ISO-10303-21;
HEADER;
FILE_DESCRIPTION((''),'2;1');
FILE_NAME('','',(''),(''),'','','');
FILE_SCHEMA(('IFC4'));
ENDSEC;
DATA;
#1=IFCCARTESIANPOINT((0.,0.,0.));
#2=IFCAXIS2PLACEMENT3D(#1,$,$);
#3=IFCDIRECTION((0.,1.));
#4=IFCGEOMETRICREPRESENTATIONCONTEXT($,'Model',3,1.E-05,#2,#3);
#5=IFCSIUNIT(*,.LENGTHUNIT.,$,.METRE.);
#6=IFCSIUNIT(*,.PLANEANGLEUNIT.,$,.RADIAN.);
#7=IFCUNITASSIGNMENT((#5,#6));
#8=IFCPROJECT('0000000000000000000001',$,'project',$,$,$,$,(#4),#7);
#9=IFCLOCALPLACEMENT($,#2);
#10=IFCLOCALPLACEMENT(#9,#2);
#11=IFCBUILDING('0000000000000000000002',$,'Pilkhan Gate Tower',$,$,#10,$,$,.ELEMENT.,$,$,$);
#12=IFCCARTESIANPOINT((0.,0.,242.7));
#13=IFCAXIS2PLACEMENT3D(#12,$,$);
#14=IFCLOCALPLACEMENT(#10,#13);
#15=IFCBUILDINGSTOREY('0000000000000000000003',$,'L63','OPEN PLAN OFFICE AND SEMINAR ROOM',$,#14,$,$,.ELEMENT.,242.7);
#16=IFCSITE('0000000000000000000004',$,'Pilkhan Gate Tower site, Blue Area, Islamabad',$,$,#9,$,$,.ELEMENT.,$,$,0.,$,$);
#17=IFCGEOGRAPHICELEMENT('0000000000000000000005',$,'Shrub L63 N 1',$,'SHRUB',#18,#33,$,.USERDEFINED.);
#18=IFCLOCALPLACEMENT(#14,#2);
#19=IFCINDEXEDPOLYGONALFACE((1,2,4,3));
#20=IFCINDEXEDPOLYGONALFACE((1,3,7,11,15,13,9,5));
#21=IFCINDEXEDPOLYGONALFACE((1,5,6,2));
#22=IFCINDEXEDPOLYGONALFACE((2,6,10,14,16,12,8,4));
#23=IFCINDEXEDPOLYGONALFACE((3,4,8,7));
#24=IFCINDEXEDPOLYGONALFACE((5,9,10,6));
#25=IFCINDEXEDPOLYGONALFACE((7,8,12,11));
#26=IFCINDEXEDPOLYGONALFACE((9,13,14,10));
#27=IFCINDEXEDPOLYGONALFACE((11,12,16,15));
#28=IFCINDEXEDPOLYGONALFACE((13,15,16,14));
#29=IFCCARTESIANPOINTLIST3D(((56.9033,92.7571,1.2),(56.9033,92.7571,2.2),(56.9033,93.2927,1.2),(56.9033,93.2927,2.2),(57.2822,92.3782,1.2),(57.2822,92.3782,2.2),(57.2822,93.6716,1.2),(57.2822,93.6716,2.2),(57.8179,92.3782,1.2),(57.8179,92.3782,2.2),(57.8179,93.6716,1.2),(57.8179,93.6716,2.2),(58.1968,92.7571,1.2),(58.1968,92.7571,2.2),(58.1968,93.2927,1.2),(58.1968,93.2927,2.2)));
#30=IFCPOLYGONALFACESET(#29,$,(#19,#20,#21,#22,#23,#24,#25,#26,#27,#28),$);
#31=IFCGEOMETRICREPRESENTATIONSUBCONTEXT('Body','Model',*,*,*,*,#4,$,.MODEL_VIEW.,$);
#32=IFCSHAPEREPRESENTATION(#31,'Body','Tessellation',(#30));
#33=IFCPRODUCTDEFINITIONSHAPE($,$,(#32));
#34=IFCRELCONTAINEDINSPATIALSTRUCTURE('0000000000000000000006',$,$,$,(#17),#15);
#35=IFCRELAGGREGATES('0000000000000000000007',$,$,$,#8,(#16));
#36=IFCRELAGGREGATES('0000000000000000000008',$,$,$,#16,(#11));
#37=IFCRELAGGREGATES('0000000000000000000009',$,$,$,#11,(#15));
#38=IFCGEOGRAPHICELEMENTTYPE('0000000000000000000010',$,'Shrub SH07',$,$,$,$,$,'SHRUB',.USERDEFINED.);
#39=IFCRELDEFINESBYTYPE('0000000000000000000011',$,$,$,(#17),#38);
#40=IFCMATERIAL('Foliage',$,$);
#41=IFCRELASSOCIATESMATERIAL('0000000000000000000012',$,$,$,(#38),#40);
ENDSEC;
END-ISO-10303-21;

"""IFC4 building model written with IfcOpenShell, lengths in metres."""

from ifc_helpers import new_model, si_unit, direction, frame, origin, place, context, subcontext, project, spatial, polyline, outline, extrude, material, material_profile, profile_set, type_object, element, save


model = new_model("IFC4")

# Units and contexts
model_context = context("Model", 3, precision=1e-05, world=origin(), true_north=direction((0.0, 1.0)))
body_context = subcontext(model_context, "Body", "Model", "MODEL_VIEW")
ifc_project = project(units=[si_unit("LENGTHUNIT", "METRE"), si_unit("PLANEANGLEUNIT", "RADIAN")], contexts=[model_context])

# Site, building, storey
site_placement = place(None, origin())
site = spatial("IfcSite", under=ifc_project, at=site_placement, Name="Pilkhan Gate Tower site, Blue Area, Islamabad", CompositionType="ELEMENT", RefElevation=0.0)
building_placement = place(site_placement, origin())
building = spatial("IfcBuilding", under=site, at=building_placement, Name="Pilkhan Gate Tower", CompositionType="ELEMENT")
storey_placement = place(building_placement, frame((0.0, 0.0, 242.7)))
storey = spatial("IfcBuildingStorey", under=building, at=storey_placement, Name="L63", Description="OPEN PLAN OFFICE AND SEMINAR ROOM", CompositionType="ELEMENT", Elevation=242.7)

# Geographic element
ifc_material_1 = material(Name="Foliage")
ifc_material_profile_1 = material_profile(ifc_material_1, outline(polyline([(0.6467, 0.2678), (0.2678, 0.6467), (-0.2678, 0.6467), (-0.6467, 0.2678), (-0.6467, -0.2678), (-0.2678, -0.6467), (0.2678, -0.6467), (0.6467, -0.2678), (0.6467, 0.2678)])), Name="Shrub D1.4")
ifc_profile_set_1 = profile_set([ifc_material_profile_1], Name="Foliage")
geographic_element_type_1 = type_object("IfcGeographicElementType", Name="Shrub SH07", ElementType="SHRUB", PredefinedType="USERDEFINED", material=ifc_profile_set_1)
geographic_element_1_placement = place(storey_placement, frame((57.55, 93.0249, 1.2), z_axis=(0.0, 0.0, 1.0), x_axis=(1.0, 0.0, 0.0)))
element("IfcGeographicElement", 1, at=geographic_element_1_placement, inside=storey, type_object=geographic_element_type_1, Name="Shrub L63 N 1", ObjectType="SHRUB", PredefinedType="USERDEFINED", context=body_context, shape_type="SweptSolid", body=[
    extrude(outline(polyline([(0.6467, 0.2678), (0.2678, 0.6467), (-0.2678, 0.6467), (-0.6467, 0.2678), (-0.6467, -0.2678), (-0.2678, -0.6467), (0.2678, -0.6467), (0.6467, -0.2678), (0.6467, 0.2678)])), origin(), (0.0, 0.0, 1.0), 1.0),
])

save(model, "model.ifc")
